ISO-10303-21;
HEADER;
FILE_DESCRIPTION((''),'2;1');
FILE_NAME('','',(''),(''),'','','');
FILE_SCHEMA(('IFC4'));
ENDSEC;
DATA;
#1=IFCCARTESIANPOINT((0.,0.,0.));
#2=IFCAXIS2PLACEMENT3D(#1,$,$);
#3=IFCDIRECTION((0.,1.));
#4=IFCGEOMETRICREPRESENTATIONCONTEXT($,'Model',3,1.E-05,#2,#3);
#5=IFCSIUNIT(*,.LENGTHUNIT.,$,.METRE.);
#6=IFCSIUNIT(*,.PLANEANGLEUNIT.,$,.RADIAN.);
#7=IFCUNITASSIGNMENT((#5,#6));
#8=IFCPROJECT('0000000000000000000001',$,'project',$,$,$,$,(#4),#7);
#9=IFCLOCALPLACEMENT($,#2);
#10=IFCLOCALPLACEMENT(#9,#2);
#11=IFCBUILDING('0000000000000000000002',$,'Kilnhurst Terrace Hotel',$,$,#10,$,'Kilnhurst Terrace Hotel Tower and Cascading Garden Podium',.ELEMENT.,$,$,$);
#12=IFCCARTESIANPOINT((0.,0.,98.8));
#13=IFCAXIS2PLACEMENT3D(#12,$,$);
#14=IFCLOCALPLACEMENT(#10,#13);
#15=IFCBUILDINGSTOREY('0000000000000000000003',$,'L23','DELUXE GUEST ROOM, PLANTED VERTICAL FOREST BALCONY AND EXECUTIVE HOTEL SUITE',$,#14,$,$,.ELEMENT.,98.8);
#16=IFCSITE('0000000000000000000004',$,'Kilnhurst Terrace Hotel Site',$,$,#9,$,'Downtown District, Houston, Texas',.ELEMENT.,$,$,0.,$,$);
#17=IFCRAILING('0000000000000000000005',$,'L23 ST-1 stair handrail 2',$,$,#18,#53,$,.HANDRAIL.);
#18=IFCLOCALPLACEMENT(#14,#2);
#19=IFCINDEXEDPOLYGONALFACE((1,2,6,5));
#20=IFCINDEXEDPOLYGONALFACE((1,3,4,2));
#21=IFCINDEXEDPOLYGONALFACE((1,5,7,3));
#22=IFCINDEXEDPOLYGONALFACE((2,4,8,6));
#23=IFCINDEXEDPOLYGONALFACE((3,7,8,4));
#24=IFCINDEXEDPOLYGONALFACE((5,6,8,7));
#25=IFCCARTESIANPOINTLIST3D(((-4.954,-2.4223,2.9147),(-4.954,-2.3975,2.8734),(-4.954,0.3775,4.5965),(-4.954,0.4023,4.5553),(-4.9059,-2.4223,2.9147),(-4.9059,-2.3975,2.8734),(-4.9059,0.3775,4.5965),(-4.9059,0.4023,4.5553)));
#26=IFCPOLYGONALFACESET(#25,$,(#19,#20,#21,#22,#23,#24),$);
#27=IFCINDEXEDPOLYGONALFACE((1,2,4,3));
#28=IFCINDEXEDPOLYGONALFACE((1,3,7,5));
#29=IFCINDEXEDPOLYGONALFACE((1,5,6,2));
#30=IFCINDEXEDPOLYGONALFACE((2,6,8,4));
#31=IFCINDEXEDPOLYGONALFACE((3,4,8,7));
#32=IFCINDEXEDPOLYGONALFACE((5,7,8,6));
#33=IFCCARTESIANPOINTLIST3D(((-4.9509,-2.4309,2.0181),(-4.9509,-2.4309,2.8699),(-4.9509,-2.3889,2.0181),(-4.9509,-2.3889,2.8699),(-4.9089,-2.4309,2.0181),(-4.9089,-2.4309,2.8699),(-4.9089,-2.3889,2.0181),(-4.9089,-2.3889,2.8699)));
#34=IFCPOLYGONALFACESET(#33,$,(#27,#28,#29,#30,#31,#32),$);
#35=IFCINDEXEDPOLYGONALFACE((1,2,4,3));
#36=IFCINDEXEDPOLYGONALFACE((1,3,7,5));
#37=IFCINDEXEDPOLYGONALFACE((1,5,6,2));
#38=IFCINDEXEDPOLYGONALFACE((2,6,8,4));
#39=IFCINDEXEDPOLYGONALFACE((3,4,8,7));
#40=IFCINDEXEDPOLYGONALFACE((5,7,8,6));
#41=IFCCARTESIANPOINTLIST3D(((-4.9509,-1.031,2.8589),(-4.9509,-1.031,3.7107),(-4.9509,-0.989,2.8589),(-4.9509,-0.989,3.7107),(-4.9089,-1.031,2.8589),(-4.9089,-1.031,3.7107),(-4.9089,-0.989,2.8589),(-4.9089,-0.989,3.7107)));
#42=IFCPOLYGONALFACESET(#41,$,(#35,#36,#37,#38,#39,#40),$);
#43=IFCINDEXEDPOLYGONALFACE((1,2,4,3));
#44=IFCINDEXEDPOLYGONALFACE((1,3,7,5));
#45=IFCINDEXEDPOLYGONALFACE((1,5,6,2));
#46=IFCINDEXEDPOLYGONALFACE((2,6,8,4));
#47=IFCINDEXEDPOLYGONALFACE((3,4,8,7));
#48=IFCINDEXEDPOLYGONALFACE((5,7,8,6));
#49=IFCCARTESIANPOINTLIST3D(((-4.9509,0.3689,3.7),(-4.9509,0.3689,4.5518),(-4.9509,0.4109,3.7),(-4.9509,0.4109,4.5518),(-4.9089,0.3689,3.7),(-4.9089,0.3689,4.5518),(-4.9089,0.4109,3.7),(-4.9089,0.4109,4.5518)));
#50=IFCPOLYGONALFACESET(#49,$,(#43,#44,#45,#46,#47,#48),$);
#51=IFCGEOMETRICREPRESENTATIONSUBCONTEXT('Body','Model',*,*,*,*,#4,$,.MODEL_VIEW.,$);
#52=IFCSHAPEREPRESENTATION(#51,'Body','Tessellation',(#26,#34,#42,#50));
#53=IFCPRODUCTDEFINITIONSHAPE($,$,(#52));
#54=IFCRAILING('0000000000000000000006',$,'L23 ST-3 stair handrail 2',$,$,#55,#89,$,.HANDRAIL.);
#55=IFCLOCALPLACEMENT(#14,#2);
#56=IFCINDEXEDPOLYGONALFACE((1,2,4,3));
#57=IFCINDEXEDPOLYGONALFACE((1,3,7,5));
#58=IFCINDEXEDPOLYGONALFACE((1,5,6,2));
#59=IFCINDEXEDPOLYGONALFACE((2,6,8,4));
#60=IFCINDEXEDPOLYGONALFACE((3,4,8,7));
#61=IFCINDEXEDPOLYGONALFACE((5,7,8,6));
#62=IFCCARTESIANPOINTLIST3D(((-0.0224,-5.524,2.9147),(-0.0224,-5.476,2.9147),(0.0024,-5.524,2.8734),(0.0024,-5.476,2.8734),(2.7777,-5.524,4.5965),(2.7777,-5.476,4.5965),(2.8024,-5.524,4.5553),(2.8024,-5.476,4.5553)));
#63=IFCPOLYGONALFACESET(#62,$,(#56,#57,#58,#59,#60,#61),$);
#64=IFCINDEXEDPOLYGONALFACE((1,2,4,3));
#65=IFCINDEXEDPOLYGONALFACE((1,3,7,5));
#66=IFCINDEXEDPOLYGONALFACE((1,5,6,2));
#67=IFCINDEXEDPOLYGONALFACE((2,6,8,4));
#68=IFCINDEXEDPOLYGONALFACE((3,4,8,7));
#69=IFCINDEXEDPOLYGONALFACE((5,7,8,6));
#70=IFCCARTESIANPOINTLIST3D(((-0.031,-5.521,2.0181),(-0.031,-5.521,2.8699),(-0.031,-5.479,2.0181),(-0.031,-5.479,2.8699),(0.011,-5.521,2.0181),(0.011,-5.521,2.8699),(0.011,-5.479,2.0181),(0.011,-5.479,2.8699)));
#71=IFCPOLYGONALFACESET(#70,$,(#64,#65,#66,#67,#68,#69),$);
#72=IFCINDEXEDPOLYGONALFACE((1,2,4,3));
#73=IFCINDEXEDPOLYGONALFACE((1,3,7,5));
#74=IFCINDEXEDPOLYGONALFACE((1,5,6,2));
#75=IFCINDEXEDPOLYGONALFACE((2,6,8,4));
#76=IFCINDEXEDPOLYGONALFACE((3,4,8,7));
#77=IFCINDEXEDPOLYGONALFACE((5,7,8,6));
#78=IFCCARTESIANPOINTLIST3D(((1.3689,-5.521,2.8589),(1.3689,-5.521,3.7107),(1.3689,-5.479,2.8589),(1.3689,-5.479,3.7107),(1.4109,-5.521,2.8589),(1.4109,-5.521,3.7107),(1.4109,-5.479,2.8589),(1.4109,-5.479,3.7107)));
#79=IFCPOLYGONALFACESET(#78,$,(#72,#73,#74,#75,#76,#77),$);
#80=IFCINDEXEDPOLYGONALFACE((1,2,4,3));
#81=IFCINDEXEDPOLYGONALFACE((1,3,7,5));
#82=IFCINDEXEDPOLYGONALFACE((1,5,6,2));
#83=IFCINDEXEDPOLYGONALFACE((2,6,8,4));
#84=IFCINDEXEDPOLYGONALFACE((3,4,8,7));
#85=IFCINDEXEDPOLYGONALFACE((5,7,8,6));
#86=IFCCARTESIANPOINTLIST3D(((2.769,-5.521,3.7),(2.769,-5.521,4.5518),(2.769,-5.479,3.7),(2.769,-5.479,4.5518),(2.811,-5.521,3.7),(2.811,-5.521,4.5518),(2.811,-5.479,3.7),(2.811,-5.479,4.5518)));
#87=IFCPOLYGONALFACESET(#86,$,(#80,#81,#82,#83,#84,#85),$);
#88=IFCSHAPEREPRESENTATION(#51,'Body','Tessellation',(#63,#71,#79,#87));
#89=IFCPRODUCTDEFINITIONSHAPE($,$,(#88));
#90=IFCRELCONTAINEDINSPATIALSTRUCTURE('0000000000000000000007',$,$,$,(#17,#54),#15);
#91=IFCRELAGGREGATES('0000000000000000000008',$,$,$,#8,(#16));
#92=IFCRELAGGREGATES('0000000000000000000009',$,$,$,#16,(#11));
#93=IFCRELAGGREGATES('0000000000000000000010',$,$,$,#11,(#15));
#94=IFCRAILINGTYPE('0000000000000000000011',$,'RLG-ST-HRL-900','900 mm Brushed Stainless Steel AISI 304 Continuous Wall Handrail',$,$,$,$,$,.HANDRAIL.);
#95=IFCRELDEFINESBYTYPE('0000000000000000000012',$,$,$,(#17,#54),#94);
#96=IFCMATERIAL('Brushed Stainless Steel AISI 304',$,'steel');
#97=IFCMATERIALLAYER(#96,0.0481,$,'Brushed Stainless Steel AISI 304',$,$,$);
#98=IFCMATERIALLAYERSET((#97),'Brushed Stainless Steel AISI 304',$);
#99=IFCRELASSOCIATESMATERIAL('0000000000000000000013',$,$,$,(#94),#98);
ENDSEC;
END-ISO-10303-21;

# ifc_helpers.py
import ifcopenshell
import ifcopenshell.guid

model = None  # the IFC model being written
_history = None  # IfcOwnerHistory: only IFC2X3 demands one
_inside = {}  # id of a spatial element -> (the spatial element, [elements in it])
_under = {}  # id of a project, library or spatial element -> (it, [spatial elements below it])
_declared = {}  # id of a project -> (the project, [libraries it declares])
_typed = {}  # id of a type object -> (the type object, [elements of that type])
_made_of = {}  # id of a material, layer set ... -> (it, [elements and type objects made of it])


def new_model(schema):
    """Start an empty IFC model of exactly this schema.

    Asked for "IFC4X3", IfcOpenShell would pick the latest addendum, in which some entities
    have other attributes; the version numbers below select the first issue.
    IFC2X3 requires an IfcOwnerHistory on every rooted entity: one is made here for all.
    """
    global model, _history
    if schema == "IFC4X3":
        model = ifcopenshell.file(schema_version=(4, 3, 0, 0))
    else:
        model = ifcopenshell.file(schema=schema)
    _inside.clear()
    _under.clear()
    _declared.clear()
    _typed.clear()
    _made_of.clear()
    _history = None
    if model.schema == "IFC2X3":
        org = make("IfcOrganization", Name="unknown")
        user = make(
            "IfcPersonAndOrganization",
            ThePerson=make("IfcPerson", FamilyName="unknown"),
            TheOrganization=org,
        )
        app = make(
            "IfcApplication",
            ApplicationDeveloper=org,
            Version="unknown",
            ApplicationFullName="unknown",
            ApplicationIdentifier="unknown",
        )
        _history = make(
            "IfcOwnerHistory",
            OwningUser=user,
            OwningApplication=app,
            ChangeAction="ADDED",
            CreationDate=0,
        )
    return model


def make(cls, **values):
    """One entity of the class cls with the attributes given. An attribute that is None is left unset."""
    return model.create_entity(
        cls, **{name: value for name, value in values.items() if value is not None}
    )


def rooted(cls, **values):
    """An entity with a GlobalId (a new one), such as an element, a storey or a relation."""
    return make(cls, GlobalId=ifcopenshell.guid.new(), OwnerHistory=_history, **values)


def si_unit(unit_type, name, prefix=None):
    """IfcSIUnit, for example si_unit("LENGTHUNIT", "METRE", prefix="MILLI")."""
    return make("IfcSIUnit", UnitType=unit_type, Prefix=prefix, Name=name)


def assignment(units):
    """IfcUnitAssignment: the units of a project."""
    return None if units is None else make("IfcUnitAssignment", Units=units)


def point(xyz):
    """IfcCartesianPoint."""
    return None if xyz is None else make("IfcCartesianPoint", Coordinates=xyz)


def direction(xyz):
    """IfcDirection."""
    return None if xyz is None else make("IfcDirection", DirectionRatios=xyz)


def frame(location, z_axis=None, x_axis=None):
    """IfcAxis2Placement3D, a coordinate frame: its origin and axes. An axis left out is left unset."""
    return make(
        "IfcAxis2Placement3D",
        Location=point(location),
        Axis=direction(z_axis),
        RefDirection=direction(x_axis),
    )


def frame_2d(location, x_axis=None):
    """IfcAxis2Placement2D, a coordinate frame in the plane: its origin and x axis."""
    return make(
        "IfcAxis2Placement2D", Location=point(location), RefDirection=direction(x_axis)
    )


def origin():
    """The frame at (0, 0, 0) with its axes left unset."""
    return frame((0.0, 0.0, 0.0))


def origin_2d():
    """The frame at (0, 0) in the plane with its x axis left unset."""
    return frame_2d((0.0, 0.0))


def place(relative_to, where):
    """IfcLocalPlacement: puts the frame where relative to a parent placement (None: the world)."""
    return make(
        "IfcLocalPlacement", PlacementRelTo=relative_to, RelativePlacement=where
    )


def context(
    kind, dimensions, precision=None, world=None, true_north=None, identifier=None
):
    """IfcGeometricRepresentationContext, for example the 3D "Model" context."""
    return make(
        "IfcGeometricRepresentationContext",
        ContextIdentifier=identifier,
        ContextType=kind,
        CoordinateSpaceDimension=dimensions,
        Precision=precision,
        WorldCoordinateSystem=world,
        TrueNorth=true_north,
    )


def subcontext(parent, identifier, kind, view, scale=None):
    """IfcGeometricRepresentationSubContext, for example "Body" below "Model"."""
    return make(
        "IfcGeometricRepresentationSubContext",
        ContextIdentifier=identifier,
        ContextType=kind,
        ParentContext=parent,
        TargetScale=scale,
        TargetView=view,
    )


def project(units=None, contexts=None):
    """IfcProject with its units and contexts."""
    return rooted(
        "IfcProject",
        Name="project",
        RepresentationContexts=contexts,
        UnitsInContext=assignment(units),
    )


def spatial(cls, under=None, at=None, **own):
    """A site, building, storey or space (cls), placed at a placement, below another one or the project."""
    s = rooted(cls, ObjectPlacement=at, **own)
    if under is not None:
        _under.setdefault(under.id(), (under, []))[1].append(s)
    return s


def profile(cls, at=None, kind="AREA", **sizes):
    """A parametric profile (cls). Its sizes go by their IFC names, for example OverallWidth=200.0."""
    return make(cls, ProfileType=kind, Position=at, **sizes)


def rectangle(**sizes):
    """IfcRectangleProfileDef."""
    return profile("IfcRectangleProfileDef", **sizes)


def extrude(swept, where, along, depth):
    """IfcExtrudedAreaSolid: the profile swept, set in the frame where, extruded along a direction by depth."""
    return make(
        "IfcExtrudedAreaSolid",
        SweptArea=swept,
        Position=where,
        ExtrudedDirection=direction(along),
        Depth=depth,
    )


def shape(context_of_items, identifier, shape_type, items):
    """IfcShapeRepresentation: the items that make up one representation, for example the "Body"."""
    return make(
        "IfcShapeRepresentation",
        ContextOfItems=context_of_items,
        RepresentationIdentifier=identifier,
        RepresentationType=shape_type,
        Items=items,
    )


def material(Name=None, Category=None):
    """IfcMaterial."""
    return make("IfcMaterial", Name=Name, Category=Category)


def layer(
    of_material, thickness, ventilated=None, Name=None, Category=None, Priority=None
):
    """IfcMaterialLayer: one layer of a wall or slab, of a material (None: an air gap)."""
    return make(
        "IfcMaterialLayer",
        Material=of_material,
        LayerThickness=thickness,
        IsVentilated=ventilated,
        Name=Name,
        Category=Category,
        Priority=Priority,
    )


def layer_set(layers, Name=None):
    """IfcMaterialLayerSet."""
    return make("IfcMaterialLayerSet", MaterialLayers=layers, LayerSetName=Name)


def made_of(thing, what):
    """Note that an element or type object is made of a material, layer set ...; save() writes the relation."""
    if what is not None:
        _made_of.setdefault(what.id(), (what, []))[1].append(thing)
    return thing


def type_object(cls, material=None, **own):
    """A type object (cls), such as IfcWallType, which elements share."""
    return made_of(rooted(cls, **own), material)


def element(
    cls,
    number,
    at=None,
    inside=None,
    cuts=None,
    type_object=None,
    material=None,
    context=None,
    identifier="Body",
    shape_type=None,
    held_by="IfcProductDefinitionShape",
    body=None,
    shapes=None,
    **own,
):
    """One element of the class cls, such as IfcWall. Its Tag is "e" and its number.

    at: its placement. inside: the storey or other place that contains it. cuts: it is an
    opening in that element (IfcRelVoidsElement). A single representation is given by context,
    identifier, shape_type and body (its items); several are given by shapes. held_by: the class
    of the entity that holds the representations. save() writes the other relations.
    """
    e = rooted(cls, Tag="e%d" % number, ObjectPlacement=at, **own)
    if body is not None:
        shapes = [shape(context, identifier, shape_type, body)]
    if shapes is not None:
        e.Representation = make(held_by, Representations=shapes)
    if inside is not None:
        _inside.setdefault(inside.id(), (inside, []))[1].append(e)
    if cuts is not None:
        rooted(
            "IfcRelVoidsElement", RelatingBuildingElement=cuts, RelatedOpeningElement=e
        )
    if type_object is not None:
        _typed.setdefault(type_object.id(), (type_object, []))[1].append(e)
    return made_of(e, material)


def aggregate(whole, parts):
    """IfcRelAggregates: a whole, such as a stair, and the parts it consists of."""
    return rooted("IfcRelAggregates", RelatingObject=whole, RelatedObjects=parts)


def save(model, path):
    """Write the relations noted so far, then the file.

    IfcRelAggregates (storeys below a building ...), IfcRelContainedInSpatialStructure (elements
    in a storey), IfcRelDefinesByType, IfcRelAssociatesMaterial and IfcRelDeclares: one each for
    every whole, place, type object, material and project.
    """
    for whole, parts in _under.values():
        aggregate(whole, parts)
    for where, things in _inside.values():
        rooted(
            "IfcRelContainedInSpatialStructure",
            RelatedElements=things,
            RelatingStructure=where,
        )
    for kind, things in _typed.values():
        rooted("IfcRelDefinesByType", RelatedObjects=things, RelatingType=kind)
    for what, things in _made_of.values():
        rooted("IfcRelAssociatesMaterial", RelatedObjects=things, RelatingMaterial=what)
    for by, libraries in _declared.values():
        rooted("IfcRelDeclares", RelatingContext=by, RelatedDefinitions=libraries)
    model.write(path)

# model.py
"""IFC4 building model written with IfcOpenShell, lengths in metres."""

from ifc_helpers import new_model, si_unit, direction, frame, origin, origin_2d, place, context, subcontext, project, spatial, rectangle, extrude, material, layer, layer_set, type_object, element, save


model = new_model("IFC4")

# Units and contexts
model_context = context("Model", 3, precision=1e-05, world=origin(), true_north=direction((0.0, 1.0)))
body_context = subcontext(model_context, "Body", "Model", "MODEL_VIEW")
ifc_project = project(units=[si_unit("LENGTHUNIT", "METRE"), si_unit("PLANEANGLEUNIT", "RADIAN")], contexts=[model_context])

# Site, building, storey
site_placement = place(None, origin())
site = spatial("IfcSite", under=ifc_project, at=site_placement, Name="Kilnhurst Terrace Hotel Site", LongName="Downtown District, Houston, Texas", CompositionType="ELEMENT", RefElevation=0.0)
building_placement = place(site_placement, origin())
building = spatial("IfcBuilding", under=site, at=building_placement, Name="Kilnhurst Terrace Hotel", LongName="Kilnhurst Terrace Hotel Tower and Cascading Garden Podium", CompositionType="ELEMENT")
storey_placement = place(building_placement, frame((0.0, 0.0, 98.8)))
storey = spatial("IfcBuildingStorey", under=building, at=storey_placement, Name="L23", Description="DELUXE GUEST ROOM, PLANTED VERTICAL FOREST BALCONY AND EXECUTIVE HOTEL SUITE", CompositionType="ELEMENT", Elevation=98.8)

# Railings
ifc_material_1 = material(Name="Brushed Stainless Steel AISI 304", Category="steel")
ifc_layer_1 = layer(ifc_material_1, 0.0481, Name="Brushed Stainless Steel AISI 304")
ifc_layer_set_1 = layer_set([ifc_layer_1], Name="Brushed Stainless Steel AISI 304")
railing_type_1 = type_object("IfcRailingType", Name="RLG-ST-HRL-900", Description="900 mm Brushed Stainless Steel AISI 304 Continuous Wall Handrail", PredefinedType="HANDRAIL", material=ifc_layer_set_1)
railing_1_placement = place(storey_placement, frame((-4.9299, -2.4099, 2.0181)))
element("IfcRailing", 1, at=railing_1_placement, inside=storey, type_object=railing_type_1, Name="L23 ST-1 stair handrail 2", PredefinedType="HANDRAIL", context=body_context, shape_type="SweptSolid", body=[
    extrude(rectangle(XDim=0.0481, YDim=0.0481, at=origin_2d()), frame((0.0, 0.0, 0.876), z_axis=(0.0, 0.857222, 0.514946), x_axis=(-1.0, 0.0, 0.0)), (0.0, 0.0, 1.0), 3.2661),
    extrude(rectangle(XDim=0.042, YDim=0.042, at=origin_2d()), origin(), (0.0, 0.0, 1.0), 0.8518),
    extrude(rectangle(XDim=0.042, YDim=0.042, at=origin_2d()), frame((0.0, 1.3999, 0.8408)), (0.0, 0.0, 1.0), 0.8518),
    extrude(rectangle(XDim=0.042, YDim=0.042, at=origin_2d()), frame((0.0, 2.7998, 1.6819)), (0.0, 0.0, 1.0), 0.8518),
])
railing_2_placement = place(storey_placement, frame((-0.01, -5.5, 2.0181)))
element("IfcRailing", 2, at=railing_2_placement, inside=storey, type_object=railing_type_1, Name="L23 ST-3 stair handrail 2", PredefinedType="HANDRAIL", context=body_context, shape_type="SweptSolid", body=[
    extrude(rectangle(XDim=0.0481, YDim=0.0481, at=origin_2d()), frame((0.0, 0.0, 0.876), z_axis=(0.857242, 0.0, 0.514913), x_axis=(0.0, 1.0, 0.0)), (0.0, 0.0, 1.0), 3.2664),
    extrude(rectangle(XDim=0.042, YDim=0.042, at=origin_2d()), origin(), (0.0, 0.0, 1.0), 0.8518),
    extrude(rectangle(XDim=0.042, YDim=0.042, at=origin_2d()), frame((1.3999, 0.0, 0.8408)), (0.0, 0.0, 1.0), 0.8518),
    extrude(rectangle(XDim=0.042, YDim=0.042, at=origin_2d()), frame((2.8, 0.0, 1.6819)), (0.0, 0.0, 1.0), 0.8518),
])

save(model, "model.ifc")
